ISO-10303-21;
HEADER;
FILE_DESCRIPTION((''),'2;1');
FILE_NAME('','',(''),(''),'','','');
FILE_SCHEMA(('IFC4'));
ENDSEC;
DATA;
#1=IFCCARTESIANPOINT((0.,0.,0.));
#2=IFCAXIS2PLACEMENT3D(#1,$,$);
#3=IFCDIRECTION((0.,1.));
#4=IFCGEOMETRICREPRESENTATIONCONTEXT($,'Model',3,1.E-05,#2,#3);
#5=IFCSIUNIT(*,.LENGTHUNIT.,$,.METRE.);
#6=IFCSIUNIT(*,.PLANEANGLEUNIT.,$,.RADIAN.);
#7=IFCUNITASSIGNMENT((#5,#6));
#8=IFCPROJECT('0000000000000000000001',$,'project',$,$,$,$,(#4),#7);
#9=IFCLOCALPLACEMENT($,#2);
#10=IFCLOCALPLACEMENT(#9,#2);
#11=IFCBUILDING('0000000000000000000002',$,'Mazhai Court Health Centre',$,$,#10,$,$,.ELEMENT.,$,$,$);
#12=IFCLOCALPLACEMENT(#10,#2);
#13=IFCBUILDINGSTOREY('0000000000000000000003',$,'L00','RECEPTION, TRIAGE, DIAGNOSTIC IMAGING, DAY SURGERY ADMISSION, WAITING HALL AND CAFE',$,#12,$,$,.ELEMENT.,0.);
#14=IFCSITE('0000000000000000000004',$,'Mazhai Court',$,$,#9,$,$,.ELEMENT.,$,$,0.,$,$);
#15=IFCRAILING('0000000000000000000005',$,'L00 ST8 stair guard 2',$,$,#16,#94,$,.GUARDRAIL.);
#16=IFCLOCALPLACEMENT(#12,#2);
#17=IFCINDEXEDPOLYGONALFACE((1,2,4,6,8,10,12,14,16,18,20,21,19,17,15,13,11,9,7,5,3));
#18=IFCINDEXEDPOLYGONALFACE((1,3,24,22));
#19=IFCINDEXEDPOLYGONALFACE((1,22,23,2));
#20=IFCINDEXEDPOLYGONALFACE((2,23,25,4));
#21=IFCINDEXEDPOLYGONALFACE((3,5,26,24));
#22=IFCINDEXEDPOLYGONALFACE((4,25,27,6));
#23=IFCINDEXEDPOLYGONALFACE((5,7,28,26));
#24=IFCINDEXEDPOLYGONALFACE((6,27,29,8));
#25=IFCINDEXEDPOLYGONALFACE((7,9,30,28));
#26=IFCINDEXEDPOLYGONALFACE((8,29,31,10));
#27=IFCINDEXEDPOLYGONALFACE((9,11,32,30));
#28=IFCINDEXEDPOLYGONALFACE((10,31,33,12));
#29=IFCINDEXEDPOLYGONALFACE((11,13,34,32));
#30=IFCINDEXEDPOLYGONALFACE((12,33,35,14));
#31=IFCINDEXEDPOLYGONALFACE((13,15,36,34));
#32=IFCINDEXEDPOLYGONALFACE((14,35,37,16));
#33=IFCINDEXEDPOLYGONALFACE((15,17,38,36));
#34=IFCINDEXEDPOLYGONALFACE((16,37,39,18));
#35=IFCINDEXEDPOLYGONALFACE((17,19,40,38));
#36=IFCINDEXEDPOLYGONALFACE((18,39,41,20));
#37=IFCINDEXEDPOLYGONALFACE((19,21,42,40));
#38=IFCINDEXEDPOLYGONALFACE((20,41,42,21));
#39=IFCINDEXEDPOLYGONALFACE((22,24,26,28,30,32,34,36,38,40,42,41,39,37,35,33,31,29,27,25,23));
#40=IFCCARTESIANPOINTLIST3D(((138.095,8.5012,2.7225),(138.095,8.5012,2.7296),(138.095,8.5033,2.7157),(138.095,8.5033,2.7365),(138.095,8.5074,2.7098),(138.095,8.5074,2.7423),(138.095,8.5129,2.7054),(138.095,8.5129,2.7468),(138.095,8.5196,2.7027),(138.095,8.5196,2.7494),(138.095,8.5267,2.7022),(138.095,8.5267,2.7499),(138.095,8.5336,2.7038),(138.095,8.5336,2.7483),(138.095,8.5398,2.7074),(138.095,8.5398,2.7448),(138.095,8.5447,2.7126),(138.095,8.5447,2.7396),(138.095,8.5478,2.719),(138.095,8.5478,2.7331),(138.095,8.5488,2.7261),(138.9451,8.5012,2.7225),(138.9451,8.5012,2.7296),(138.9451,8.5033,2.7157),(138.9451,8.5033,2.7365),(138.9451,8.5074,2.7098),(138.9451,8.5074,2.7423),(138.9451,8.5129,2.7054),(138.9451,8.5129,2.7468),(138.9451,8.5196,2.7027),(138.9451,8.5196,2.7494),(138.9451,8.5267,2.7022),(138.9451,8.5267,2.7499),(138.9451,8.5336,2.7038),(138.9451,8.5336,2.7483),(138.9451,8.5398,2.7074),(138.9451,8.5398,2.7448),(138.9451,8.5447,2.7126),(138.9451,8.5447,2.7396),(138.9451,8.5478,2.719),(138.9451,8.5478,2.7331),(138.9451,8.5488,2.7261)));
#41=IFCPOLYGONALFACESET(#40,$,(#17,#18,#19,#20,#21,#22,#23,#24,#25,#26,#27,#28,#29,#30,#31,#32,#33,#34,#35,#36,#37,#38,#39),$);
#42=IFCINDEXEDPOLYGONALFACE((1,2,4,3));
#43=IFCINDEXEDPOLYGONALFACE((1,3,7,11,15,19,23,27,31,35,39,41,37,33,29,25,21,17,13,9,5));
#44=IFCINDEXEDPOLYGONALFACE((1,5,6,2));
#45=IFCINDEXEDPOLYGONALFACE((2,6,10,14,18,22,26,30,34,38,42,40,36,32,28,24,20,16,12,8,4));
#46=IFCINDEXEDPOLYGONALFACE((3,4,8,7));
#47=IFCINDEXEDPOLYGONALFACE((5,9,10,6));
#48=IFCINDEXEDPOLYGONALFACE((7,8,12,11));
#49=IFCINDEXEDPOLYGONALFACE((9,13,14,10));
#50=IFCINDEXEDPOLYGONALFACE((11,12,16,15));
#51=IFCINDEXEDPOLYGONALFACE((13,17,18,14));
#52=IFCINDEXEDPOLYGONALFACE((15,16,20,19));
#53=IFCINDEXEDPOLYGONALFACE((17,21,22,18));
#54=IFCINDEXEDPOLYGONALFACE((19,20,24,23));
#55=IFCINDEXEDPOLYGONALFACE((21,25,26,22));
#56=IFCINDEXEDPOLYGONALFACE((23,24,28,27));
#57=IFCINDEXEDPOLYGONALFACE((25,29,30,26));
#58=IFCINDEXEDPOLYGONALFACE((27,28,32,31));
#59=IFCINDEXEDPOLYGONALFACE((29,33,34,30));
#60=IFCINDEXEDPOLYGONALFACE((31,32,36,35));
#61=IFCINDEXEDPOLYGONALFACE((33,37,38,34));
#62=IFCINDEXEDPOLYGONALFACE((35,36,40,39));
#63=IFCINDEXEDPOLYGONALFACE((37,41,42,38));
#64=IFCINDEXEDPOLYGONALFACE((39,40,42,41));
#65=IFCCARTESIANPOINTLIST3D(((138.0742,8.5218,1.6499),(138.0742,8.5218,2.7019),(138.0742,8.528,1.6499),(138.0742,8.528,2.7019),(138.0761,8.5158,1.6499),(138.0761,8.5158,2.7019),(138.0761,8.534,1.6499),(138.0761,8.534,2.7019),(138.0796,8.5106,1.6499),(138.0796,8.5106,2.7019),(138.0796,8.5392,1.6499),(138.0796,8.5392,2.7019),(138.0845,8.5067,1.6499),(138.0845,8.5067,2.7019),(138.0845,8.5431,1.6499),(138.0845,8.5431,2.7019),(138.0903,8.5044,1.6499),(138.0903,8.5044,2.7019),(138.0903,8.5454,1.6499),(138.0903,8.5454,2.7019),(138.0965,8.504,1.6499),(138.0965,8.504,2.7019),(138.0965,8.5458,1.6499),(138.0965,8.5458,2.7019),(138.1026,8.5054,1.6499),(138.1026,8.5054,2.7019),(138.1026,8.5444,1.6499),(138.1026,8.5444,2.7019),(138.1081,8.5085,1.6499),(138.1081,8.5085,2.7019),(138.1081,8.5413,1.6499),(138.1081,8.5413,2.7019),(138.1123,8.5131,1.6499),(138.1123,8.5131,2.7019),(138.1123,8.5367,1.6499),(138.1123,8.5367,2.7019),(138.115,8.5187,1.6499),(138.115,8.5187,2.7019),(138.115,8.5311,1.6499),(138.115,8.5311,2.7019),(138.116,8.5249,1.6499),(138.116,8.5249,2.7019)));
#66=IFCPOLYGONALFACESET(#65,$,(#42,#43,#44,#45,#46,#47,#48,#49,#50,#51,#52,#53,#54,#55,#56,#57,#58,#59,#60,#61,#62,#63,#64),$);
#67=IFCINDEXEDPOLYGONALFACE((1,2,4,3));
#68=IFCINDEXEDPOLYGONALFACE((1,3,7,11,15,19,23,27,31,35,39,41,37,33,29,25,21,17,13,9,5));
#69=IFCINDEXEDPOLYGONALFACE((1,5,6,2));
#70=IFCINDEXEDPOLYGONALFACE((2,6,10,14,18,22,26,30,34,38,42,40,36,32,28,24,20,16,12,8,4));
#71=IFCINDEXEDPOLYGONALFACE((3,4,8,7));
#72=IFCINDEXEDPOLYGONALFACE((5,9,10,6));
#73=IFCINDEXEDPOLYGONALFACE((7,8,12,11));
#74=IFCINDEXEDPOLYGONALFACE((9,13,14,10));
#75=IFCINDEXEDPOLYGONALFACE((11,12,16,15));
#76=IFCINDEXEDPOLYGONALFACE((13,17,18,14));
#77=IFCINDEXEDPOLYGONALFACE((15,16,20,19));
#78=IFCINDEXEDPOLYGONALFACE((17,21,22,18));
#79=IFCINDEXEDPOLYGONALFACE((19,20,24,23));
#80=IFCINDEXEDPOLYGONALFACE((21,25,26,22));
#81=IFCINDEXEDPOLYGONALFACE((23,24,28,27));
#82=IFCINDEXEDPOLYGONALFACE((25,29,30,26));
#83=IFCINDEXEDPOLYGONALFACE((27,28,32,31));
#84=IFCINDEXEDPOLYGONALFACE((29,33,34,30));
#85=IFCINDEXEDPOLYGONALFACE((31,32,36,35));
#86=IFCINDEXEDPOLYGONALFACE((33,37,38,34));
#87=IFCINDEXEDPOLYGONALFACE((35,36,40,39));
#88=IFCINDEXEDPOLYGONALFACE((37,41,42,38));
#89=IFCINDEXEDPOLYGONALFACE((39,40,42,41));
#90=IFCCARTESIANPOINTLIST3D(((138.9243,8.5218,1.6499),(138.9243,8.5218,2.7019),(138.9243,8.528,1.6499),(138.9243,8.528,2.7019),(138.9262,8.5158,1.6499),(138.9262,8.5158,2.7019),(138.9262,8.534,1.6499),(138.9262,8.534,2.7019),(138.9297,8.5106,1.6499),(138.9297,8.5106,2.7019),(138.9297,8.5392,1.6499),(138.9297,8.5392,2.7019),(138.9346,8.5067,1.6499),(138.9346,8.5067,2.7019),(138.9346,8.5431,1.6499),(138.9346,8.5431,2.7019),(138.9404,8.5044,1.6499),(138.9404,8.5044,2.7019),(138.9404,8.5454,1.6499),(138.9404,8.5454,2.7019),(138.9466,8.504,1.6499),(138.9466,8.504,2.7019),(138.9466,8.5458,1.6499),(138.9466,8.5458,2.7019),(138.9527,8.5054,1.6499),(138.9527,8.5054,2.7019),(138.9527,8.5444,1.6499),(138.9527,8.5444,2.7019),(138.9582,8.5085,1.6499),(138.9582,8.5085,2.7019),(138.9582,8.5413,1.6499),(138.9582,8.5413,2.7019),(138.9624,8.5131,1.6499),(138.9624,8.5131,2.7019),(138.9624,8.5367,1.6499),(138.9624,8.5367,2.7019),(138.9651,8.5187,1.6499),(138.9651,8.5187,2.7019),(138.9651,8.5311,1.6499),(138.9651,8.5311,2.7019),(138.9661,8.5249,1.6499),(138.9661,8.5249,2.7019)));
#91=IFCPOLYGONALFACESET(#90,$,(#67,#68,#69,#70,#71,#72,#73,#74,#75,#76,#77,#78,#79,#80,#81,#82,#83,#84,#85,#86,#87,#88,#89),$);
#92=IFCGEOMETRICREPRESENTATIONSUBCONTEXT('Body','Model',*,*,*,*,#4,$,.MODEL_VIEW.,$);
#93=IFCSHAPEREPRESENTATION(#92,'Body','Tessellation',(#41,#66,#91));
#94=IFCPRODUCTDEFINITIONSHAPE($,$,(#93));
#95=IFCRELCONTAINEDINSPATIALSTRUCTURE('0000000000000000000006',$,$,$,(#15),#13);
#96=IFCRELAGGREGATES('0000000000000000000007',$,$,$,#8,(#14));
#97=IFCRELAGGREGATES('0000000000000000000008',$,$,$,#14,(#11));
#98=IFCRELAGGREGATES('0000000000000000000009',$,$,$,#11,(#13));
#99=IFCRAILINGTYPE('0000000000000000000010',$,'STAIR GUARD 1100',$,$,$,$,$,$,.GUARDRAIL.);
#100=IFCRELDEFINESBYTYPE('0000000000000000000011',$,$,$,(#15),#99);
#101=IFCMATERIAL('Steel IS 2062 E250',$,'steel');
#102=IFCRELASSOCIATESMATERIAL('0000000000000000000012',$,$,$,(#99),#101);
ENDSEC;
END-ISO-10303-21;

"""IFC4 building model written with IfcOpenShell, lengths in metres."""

from ifc_helpers import new_model, si_unit, direction, frame, origin, origin_2d, place, context, subcontext, project, spatial, circle, extrude, material, type_object, element, save


model = new_model("IFC4")

# Units and contexts
model_context = context("Model", 3, precision=1e-05, world=origin(), true_north=direction((0.0, 1.0)))
body_context = subcontext(model_context, "Body", "Model", "MODEL_VIEW")
ifc_project = project(units=[si_unit("LENGTHUNIT", "METRE"), si_unit("PLANEANGLEUNIT", "RADIAN")], contexts=[model_context])

# Site, building, storey
site_placement = place(None, origin())
site = spatial("IfcSite", under=ifc_project, at=site_placement, Name="Mazhai Court", CompositionType="ELEMENT", RefElevation=0.0)
building_placement = place(site_placement, origin())
building = spatial("IfcBuilding", under=site, at=building_placement, Name="Mazhai Court Health Centre", CompositionType="ELEMENT")
storey_placement = place(building_placement, origin())
storey = spatial("IfcBuildingStorey", under=building, at=storey_placement, Name="L00", Description="RECEPTION, TRIAGE, DIAGNOSTIC IMAGING, DAY SURGERY ADMISSION, WAITING HALL AND CAFE", CompositionType="ELEMENT", Elevation=0.0)

# Railing
ifc_material_1 = material(Name="Steel IS 2062 E250", Category="steel")
railing_type_1 = type_object("IfcRailingType", Name="STAIR GUARD 1100", PredefinedType="GUARDRAIL", material=ifc_material_1)
railing_1_placement = place(storey_placement, frame((138.095, 8.5249, 1.6499)))
element("IfcRailing", 1, at=railing_1_placement, inside=storey, type_object=railing_type_1, Name="L00 ST8 stair guard 2", PredefinedType="GUARDRAIL", context=body_context, shape_type="SweptSolid", body=[
    extrude(circle(Radius=0.0239, at=origin_2d()), frame((0.0, 0.0, 1.0762), z_axis=(1.0, 0.0, 0.0), x_axis=(0.0, 1.0, 0.0)), (0.0, 0.0, 1.0), 0.8501),
    extrude(circle(Radius=0.021, at=origin_2d()), origin(), (0.0, 0.0, 1.0), 1.052),
    extrude(circle(Radius=0.021, at=origin_2d()), frame((0.8501, 0.0, 0.0)), (0.0, 0.0, 1.0), 1.052),
])

save(model, "model.ifc")
